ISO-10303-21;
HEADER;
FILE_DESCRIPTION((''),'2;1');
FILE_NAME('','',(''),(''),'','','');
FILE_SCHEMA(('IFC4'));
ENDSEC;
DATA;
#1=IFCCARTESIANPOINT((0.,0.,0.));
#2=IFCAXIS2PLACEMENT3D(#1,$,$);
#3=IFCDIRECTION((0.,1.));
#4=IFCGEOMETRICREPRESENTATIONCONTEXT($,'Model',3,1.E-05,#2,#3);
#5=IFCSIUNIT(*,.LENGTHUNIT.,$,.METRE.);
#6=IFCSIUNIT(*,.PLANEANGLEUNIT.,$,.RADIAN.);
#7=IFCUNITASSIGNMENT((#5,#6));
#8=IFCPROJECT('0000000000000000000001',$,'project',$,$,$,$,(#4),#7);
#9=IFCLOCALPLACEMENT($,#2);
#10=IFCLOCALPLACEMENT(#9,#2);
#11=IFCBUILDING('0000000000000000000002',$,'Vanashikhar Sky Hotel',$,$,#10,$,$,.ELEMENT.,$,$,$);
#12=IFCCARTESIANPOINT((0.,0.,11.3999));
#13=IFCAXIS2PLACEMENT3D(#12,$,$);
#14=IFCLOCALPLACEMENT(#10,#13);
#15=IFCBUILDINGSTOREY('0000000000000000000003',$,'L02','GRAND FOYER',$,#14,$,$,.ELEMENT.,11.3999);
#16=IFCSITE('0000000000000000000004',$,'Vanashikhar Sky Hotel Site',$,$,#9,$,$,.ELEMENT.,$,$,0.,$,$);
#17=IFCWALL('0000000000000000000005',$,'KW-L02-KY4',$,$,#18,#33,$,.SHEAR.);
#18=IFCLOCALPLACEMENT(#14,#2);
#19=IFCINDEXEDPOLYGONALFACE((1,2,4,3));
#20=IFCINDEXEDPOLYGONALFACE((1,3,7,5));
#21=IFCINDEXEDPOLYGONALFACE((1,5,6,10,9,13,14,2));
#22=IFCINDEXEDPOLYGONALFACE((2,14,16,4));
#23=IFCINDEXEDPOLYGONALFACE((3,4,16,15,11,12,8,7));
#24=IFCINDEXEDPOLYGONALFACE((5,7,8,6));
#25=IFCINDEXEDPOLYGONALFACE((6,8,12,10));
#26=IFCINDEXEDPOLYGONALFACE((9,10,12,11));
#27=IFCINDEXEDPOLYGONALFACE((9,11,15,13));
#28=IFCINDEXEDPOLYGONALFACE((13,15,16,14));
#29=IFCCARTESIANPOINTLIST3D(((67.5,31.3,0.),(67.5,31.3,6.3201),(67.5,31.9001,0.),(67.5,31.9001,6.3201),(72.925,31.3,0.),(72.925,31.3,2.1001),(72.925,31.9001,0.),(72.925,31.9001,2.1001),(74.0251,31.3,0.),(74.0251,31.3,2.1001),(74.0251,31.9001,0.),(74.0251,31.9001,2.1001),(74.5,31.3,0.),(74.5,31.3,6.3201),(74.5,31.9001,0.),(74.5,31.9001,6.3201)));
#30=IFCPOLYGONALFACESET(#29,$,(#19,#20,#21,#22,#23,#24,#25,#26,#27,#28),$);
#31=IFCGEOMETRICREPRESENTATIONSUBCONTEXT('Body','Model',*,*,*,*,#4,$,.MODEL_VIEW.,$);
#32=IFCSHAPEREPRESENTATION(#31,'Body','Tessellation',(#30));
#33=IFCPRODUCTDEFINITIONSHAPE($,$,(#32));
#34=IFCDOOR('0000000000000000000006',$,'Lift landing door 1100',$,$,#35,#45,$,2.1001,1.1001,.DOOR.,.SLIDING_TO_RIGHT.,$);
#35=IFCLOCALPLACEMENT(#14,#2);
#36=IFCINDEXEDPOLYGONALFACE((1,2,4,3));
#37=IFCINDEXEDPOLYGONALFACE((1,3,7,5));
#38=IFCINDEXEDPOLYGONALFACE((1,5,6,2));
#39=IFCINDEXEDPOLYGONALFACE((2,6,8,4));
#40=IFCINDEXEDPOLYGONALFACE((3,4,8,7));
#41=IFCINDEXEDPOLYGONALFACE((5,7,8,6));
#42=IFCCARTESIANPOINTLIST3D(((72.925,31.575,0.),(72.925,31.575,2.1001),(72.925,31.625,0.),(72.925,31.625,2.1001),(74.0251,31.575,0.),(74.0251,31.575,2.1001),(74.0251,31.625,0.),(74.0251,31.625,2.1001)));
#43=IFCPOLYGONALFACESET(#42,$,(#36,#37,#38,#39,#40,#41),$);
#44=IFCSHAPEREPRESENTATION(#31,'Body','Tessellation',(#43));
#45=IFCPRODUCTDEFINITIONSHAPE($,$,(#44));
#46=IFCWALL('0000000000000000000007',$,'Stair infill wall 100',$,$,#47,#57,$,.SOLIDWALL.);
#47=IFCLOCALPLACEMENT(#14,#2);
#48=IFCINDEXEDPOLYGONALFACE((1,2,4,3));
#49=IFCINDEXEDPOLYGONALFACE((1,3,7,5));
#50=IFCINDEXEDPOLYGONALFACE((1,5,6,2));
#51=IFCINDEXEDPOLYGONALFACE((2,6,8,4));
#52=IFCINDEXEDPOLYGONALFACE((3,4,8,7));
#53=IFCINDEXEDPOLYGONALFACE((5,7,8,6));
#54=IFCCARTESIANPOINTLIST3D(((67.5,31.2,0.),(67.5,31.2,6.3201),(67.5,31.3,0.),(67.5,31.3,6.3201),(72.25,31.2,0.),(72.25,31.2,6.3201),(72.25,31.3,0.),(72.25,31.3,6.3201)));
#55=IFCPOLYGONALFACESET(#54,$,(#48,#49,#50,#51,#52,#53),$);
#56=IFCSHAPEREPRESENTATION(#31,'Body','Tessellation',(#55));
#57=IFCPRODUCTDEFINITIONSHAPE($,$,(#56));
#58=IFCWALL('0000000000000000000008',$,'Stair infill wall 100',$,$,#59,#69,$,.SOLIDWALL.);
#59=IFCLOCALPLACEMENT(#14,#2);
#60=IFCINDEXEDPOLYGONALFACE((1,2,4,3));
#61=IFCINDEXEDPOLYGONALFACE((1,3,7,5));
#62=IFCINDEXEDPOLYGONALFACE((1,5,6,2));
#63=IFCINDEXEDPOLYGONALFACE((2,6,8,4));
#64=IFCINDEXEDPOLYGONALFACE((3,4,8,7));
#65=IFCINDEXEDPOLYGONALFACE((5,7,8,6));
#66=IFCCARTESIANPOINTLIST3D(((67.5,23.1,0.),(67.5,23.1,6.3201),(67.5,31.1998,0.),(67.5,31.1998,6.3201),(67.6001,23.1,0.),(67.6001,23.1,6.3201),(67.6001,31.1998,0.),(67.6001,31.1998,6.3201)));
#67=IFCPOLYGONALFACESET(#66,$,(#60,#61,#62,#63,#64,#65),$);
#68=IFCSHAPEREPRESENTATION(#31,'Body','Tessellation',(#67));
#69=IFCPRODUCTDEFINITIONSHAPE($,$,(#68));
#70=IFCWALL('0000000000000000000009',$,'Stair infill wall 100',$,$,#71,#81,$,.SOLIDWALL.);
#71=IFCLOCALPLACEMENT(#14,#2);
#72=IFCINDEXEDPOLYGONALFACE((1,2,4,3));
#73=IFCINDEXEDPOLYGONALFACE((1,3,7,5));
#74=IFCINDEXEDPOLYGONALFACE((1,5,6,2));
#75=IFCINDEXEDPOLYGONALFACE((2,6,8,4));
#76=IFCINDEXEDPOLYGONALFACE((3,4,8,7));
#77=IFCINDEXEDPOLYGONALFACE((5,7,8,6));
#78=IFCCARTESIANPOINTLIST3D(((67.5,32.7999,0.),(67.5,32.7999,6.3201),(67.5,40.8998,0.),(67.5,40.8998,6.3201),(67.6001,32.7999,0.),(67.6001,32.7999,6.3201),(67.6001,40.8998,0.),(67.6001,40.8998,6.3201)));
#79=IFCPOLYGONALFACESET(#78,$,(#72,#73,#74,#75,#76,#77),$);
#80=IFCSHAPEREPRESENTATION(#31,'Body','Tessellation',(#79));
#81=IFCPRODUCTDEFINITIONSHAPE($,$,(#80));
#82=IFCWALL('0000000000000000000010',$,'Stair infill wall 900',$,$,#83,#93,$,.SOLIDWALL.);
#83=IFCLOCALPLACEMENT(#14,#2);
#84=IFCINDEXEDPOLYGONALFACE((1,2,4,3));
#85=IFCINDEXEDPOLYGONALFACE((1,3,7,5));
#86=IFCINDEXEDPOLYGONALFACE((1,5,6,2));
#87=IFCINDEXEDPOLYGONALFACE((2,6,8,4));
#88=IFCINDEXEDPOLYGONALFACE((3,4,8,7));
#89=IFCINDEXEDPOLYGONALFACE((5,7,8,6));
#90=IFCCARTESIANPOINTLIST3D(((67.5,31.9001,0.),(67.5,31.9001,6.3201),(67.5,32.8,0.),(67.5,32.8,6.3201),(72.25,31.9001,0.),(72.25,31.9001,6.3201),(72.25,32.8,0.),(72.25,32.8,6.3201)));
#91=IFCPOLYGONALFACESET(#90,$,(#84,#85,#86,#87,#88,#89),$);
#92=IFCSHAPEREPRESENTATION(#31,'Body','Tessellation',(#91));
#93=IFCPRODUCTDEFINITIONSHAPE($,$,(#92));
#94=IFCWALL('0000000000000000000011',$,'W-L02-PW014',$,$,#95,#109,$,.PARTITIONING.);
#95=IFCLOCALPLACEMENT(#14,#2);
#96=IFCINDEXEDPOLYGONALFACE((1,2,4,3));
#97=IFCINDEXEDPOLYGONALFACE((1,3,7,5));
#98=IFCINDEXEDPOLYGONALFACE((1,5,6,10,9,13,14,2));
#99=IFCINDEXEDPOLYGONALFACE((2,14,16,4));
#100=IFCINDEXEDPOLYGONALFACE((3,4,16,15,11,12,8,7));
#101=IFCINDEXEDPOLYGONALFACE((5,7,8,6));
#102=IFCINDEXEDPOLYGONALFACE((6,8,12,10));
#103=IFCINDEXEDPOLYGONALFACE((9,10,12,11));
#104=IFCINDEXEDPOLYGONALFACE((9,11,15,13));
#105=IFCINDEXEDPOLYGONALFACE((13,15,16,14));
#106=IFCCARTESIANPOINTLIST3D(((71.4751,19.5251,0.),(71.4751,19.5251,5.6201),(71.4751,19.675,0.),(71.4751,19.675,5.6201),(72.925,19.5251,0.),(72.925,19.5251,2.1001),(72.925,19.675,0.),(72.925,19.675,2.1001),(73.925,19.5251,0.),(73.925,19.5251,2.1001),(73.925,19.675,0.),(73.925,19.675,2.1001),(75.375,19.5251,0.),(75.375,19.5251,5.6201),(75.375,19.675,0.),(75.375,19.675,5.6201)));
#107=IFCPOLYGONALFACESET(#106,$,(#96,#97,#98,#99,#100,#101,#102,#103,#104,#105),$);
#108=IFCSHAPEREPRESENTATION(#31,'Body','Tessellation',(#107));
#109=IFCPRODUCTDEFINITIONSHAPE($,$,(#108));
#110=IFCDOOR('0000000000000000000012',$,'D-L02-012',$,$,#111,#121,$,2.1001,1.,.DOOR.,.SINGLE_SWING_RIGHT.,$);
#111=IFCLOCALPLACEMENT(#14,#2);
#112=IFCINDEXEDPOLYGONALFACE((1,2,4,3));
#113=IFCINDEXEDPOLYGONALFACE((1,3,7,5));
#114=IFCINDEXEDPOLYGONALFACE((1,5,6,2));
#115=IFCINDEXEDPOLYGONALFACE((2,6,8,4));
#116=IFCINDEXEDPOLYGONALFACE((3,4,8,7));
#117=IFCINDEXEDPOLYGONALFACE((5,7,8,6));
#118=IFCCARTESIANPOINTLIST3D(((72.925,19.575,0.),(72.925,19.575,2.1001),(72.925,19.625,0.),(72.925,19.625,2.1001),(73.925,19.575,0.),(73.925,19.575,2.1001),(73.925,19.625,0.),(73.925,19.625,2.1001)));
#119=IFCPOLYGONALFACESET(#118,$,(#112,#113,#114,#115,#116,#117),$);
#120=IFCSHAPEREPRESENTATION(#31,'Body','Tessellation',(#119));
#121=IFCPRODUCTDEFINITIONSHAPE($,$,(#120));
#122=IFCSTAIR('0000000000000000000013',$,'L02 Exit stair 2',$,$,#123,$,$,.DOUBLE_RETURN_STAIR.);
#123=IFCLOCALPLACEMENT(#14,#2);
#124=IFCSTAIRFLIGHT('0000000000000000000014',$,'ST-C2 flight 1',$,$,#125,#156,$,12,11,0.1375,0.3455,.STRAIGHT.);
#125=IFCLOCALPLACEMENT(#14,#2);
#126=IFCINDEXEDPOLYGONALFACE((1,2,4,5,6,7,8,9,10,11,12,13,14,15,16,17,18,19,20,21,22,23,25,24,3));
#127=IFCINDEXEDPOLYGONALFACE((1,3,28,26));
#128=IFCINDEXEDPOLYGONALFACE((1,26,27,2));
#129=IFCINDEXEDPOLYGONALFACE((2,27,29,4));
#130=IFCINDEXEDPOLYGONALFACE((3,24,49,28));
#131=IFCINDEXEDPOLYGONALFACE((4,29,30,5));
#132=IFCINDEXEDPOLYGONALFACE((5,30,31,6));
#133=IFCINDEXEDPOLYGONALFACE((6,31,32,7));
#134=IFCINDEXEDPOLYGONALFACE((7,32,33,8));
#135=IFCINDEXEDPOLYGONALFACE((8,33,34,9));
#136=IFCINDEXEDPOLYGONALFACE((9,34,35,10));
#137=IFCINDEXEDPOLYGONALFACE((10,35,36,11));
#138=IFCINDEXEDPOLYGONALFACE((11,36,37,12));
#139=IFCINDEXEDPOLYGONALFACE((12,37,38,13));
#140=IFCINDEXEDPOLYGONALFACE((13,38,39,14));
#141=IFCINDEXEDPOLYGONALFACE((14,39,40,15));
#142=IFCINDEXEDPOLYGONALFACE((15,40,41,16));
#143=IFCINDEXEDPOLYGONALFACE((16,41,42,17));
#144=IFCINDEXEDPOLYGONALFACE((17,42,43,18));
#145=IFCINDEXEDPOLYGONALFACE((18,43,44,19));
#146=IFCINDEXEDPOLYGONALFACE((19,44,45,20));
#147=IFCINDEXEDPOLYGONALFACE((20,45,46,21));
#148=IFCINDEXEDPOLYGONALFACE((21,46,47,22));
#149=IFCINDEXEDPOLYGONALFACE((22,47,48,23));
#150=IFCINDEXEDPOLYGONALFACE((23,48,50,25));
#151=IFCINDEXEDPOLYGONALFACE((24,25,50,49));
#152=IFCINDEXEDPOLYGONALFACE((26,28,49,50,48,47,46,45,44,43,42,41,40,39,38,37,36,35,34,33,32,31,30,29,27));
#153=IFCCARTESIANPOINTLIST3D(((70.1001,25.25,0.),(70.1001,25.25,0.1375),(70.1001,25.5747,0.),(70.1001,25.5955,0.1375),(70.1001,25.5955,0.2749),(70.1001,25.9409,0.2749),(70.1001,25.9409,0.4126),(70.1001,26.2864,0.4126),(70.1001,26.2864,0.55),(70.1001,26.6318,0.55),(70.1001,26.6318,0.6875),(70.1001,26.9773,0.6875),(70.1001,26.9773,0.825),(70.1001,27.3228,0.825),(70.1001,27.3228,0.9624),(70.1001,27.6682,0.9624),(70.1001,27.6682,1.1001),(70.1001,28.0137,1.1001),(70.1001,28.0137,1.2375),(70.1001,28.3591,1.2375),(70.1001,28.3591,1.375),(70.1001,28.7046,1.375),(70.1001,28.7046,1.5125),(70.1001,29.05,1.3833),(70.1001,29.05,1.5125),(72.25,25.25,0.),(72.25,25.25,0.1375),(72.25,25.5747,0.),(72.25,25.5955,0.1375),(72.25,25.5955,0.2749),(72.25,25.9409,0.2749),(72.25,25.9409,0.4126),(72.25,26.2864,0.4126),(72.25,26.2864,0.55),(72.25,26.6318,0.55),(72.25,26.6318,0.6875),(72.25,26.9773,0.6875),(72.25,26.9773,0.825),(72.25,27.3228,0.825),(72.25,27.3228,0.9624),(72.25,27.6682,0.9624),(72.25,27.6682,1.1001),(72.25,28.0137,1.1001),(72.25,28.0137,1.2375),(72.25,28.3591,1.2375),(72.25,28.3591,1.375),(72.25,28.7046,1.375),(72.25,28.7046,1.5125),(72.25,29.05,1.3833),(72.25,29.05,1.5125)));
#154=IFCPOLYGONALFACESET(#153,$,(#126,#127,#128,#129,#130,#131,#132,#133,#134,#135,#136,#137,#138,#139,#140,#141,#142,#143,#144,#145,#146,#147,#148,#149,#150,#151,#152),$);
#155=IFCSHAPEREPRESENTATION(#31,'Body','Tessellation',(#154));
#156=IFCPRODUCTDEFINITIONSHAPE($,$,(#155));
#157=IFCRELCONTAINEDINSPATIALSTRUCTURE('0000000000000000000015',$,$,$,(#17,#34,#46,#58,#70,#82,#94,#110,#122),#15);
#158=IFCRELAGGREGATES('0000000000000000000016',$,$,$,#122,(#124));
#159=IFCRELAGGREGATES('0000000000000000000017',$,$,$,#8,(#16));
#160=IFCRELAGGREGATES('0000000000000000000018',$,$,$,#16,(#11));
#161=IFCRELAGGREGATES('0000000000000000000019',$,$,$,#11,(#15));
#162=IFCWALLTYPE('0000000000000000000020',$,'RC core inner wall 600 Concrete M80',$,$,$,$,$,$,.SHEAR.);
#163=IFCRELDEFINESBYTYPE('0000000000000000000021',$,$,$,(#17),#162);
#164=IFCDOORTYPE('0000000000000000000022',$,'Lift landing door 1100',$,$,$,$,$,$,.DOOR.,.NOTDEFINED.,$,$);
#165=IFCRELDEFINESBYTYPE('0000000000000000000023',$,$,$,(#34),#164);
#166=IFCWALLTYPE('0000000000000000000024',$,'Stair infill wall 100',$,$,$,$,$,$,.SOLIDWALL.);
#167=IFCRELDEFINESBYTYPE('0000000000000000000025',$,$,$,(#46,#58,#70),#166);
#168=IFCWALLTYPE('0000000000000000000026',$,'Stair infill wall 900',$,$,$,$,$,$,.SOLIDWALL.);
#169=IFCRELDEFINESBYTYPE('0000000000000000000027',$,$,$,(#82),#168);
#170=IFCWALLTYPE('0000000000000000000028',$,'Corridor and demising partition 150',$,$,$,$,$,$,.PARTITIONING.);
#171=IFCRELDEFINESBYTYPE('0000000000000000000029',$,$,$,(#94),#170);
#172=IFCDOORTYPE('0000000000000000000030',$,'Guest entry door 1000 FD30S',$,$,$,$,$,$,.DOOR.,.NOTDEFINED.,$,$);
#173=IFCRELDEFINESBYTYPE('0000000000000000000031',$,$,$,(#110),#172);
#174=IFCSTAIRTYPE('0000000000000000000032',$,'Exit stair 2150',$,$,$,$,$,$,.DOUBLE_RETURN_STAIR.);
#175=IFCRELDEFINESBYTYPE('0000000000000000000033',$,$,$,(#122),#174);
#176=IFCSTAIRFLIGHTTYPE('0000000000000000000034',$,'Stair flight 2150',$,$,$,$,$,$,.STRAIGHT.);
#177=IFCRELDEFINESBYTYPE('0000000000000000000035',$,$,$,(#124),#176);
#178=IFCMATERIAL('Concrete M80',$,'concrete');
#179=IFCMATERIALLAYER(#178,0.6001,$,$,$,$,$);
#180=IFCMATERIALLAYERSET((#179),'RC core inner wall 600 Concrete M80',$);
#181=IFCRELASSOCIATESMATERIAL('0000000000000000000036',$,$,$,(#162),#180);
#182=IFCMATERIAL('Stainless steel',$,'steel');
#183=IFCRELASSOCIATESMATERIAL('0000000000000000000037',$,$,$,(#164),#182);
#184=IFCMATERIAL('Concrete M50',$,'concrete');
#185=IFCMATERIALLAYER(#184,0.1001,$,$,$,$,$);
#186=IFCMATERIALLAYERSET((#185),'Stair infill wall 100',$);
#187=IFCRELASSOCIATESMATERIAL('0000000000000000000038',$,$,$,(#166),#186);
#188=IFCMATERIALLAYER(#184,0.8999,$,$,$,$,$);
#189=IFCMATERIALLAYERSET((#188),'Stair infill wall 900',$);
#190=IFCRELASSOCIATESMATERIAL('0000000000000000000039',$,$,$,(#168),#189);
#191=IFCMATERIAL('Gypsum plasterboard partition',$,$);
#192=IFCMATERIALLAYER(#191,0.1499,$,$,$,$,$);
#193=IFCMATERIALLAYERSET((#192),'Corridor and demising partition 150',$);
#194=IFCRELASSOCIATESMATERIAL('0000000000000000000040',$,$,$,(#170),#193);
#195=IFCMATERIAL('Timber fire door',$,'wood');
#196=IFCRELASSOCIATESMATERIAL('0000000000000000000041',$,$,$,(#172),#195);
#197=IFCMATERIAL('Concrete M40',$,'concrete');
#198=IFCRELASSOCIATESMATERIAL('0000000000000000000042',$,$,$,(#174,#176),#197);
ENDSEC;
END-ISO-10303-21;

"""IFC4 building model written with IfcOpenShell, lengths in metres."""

from ifc_helpers import new_model, si_unit, direction, frame, frame_2d, origin, place, context, subcontext, project, spatial, polyline, rectangle, outline, extrude, source, transform, mapped, material, layer, layer_set, type_object, element, fill, aggregate, save


model = new_model("IFC4")

# Units and contexts
model_context = context("Model", 3, precision=1e-05, world=origin(), true_north=direction((0.0, 1.0)))
body_context = subcontext(model_context, "Body", "Model", "MODEL_VIEW")
ifc_project = project(units=[si_unit("LENGTHUNIT", "METRE"), si_unit("PLANEANGLEUNIT", "RADIAN")], contexts=[model_context])

# Site, building, storey
site_placement = place(None, origin())
site = spatial("IfcSite", under=ifc_project, at=site_placement, Name="Vanashikhar Sky Hotel Site", CompositionType="ELEMENT", RefElevation=0.0)
building_placement = place(site_placement, origin())
building = spatial("IfcBuilding", under=site, at=building_placement, Name="Vanashikhar Sky Hotel", CompositionType="ELEMENT")
storey_placement = place(building_placement, frame((0.0, 0.0, 11.3999)))
storey = spatial("IfcBuildingStorey", under=building, at=storey_placement, Name="L02", Description="GRAND FOYER", CompositionType="ELEMENT", Elevation=11.3999)

# Wall, opening, door
ifc_material_1 = material(Name="Concrete M80", Category="concrete")
ifc_layer_1 = layer(ifc_material_1, 0.6001)
ifc_layer_set_1 = layer_set([ifc_layer_1], Name="RC core inner wall 600 Concrete M80")
wall_type_1 = type_object("IfcWallType", Name="RC core inner wall 600 Concrete M80", PredefinedType="SHEAR", material=ifc_layer_set_1)
shared_shape_1 = source(origin(), body_context, "Body", "SweptSolid", [
    extrude(rectangle(XDim=7.0, YDim=0.6001, at=frame_2d((3.5, 0.0))), origin(), (0.0, 0.0, 1.0), 6.3201),
])
wall_1_placement = place(storey_placement, frame((67.5, 31.6001, 0.0), z_axis=(0.0, 0.0, 1.0), x_axis=(1.0, 0.0, 0.0)))
wall_1 = element("IfcWall", 1, at=wall_1_placement, inside=storey, type_object=wall_type_1, Name="KW-L02-KY4", PredefinedType="SHEAR", context=body_context, shape_type="MappedRepresentation", body=[
    mapped(shared_shape_1, transform((0.0, 0.0, 0.0), scale=1.0)),
])
shared_shape_2 = source(origin(), body_context, "Body", "SweptSolid", [
    extrude(rectangle(XDim=1.1001, YDim=2.1001, at=frame_2d((0.55, 1.05))), frame((0.0, 0.3101, 0.0), z_axis=(0.0, -1.0, 0.0), x_axis=(1.0, 0.0, 0.0)), (0.0, 0.0, 1.0), 0.6201),
])
opening_1_placement = place(wall_1_placement, frame((5.425, 0.0, 0.0)))
opening_1 = element("IfcOpeningElement", 2, at=opening_1_placement, cuts=wall_1, PredefinedType="OPENING", context=body_context, shape_type="MappedRepresentation", body=[
    mapped(shared_shape_2, transform((0.0, 0.0, 0.0), scale=1.0)),
])
ifc_material_2 = material(Name="Stainless steel", Category="steel")
door_type_1 = type_object("IfcDoorType", Name="Lift landing door 1100", OperationType="NOTDEFINED", PredefinedType="DOOR", material=ifc_material_2)
shared_shape_3 = source(origin(), body_context, "Body", "SweptSolid", [
    extrude(rectangle(XDim=1.1001, YDim=2.1001, at=frame_2d((0.55, 1.05))), frame((0.0, 0.0249, 0.0), z_axis=(0.0, -1.0, 0.0), x_axis=(1.0, 0.0, 0.0)), (0.0, 0.0, 1.0), 0.05),
])
door_1_placement = place(opening_1_placement, origin())
door_1 = element("IfcDoor", 3, at=door_1_placement, inside=storey, type_object=door_type_1, Name="Lift landing door 1100", OperationType="SLIDING_TO_RIGHT", OverallHeight=2.1001, OverallWidth=1.1001, PredefinedType="DOOR", context=body_context, shape_type="MappedRepresentation", body=[
    mapped(shared_shape_3, transform((0.0, 0.0, 0.0), scale=1.0)),
])
fill(opening_1, door_1)

# Walls
ifc_material_3 = material(Name="Concrete M50", Category="concrete")
ifc_layer_2 = layer(ifc_material_3, 0.1001)
ifc_layer_set_2 = layer_set([ifc_layer_2], Name="Stair infill wall 100")
wall_type_2 = type_object("IfcWallType", Name="Stair infill wall 100", PredefinedType="SOLIDWALL", material=ifc_layer_set_2)
shared_shape_4 = source(origin(), body_context, "Body", "SweptSolid", [
    extrude(rectangle(XDim=4.75, YDim=0.1001, at=frame_2d((2.375, 0.0))), origin(), (0.0, 0.0, 1.0), 6.3201),
])
wall_2_placement = place(storey_placement, frame((67.5, 31.25, 0.0), z_axis=(0.0, 0.0, 1.0), x_axis=(1.0, 0.0, 0.0)))
element("IfcWall", 4, at=wall_2_placement, inside=storey, type_object=wall_type_2, Name="Stair infill wall 100", PredefinedType="SOLIDWALL", context=body_context, shape_type="MappedRepresentation", body=[
    mapped(shared_shape_4, transform((0.0, 0.0, 0.0), scale=1.0)),
])
shared_shape_5 = source(origin(), body_context, "Body", "SweptSolid", [
    extrude(rectangle(XDim=8.0999, YDim=0.1001, at=frame_2d((4.0498, 0.0))), origin(), (0.0, 0.0, 1.0), 6.3201),
])
for number, where, z_axis, x_axis, name in (
    (5, (67.55, 23.1001, 0.0), (0.0, 0.0, 1.0), (0.0, 1.0, 0.0), "Stair infill wall 100"),
    (6, (67.55, 32.8, 0.0), (0.0, 0.0, 1.0), (0.0, 1.0, 0.0), "Stair infill wall 100"),
):
    element("IfcWall", number, at=place(storey_placement, frame(where, z_axis=z_axis, x_axis=x_axis)), inside=storey, type_object=wall_type_2, Name=name, PredefinedType="SOLIDWALL", context=body_context, shape_type="MappedRepresentation", body=[
        mapped(shared_shape_5, transform((0.0, 0.0, 0.0), scale=1.0)),
    ])
ifc_layer_3 = layer(ifc_material_3, 0.8999)
ifc_layer_set_3 = layer_set([ifc_layer_3], Name="Stair infill wall 900")
wall_type_3 = type_object("IfcWallType", Name="Stair infill wall 900", PredefinedType="SOLIDWALL", material=ifc_layer_set_3)
shared_shape_6 = source(origin(), body_context, "Body", "SweptSolid", [
    extrude(rectangle(XDim=4.75, YDim=0.8999, at=frame_2d((2.375, 0.0))), origin(), (0.0, 0.0, 1.0), 6.3201),
])
wall_3_placement = place(storey_placement, frame((67.5, 32.3501, 0.0), z_axis=(0.0, 0.0, 1.0), x_axis=(1.0, 0.0, 0.0)))
element("IfcWall", 7, at=wall_3_placement, inside=storey, type_object=wall_type_3, Name="Stair infill wall 900", PredefinedType="SOLIDWALL", context=body_context, shape_type="MappedRepresentation", body=[
    mapped(shared_shape_6, transform((0.0, 0.0, 0.0), scale=1.0)),
])

# Wall, opening, door
ifc_material_4 = material(Name="Gypsum plasterboard partition")
ifc_layer_4 = layer(ifc_material_4, 0.1499)
ifc_layer_set_4 = layer_set([ifc_layer_4], Name="Corridor and demising partition 150")
wall_type_4 = type_object("IfcWallType", Name="Corridor and demising partition 150", PredefinedType="PARTITIONING", material=ifc_layer_set_4)
shared_shape_7 = source(origin(), body_context, "Body", "SweptSolid", [
    extrude(rectangle(XDim=3.8999, YDim=0.1499, at=frame_2d((1.95, 0.0))), origin(), (0.0, 0.0, 1.0), 5.6201),
])
wall_4_placement = place(storey_placement, frame((71.4751, 19.6001, 0.0), z_axis=(0.0, 0.0, 1.0), x_axis=(1.0, 0.0, 0.0)))
wall_4 = element("IfcWall", 8, at=wall_4_placement, inside=storey, type_object=wall_type_4, Name="W-L02-PW014", PredefinedType="PARTITIONING", context=body_context, shape_type="MappedRepresentation", body=[
    mapped(shared_shape_7, transform((0.0, 0.0, 0.0), scale=1.0)),
])
shared_shape_8 = source(origin(), body_context, "Body", "SweptSolid", [
    extrude(rectangle(XDim=1.0, YDim=2.1001, at=frame_2d((0.5, 1.05))), frame((0.0, 0.085, 0.0), z_axis=(0.0, -1.0, 0.0), x_axis=(1.0, 0.0, 0.0)), (0.0, 0.0, 1.0), 0.1699),
])
opening_2_placement = place(wall_4_placement, frame((1.45, 0.0, 0.0)))
opening_2 = element("IfcOpeningElement", 9, at=opening_2_placement, cuts=wall_4, PredefinedType="OPENING", context=body_context, shape_type="MappedRepresentation", body=[
    mapped(shared_shape_8, transform((0.0, 0.0, 0.0), scale=1.0)),
])
ifc_material_5 = material(Name="Timber fire door", Category="wood")
door_type_2 = type_object("IfcDoorType", Name="Guest entry door 1000 FD30S", OperationType="NOTDEFINED", PredefinedType="DOOR", material=ifc_material_5)
shared_shape_9 = source(origin(), body_context, "Body", "SweptSolid", [
    extrude(rectangle(XDim=1.0, YDim=2.1001, at=frame_2d((0.5, 1.05))), frame((0.0, 0.0249, 0.0), z_axis=(0.0, -1.0, 0.0), x_axis=(1.0, 0.0, 0.0)), (0.0, 0.0, 1.0), 0.05),
])
door_2_placement = place(opening_2_placement, origin())
door_2 = element("IfcDoor", 10, at=door_2_placement, inside=storey, type_object=door_type_2, Name="D-L02-012", OperationType="SINGLE_SWING_RIGHT", OverallHeight=2.1001, OverallWidth=1.0, PredefinedType="DOOR", context=body_context, shape_type="MappedRepresentation", body=[
    mapped(shared_shape_9, transform((0.0, 0.0, 0.0), scale=1.0)),
])
fill(opening_2, door_2)

# Stair, stair flight
ifc_material_6 = material(Name="Concrete M40", Category="concrete")
stair_type = type_object("IfcStairType", Name="Exit stair 2150", PredefinedType="DOUBLE_RETURN_STAIR", material=ifc_material_6)
stair_1_placement = place(storey_placement, origin())
stair_1 = element("IfcStair", 11, at=stair_1_placement, inside=storey, type_object=stair_type, Name="L02 Exit stair 2", PredefinedType="DOUBLE_RETURN_STAIR")
stair_flight_type = type_object("IfcStairFlightType", Name="Stair flight 2150", PredefinedType="STRAIGHT", material=ifc_material_6)
shared_shape_10 = source(origin(), body_context, "Body", "SweptSolid", [
    extrude(outline(polyline([(0.0, 0.0), (0.0, 0.1375), (0.3455, 0.1375), (0.3455, 0.2749), (0.6909, 0.2749), (0.6909, 0.4126), (1.0364, 0.4126), (1.0364, 0.55), (1.3818, 0.55), (1.3818, 0.6875), (1.7273, 0.6875), (1.7273, 0.825), (2.0728, 0.825), (2.0728, 0.9624), (2.4182, 0.9624), (2.4182, 1.1001), (2.7637, 1.1001), (2.7637, 1.2375), (3.1091, 1.2375), (3.1091, 1.375), (3.4546, 1.375), (3.4546, 1.5125), (3.8, 1.5125), (3.8, 1.6499), (3.8, 1.3833), (0.3247, 0.0), (0.0, 0.0)])), frame((0.0, 1.075, 0.0), z_axis=(0.0, -1.0, 0.0), x_axis=(1.0, 0.0, 0.0)), (0.0, 0.0, 1.0), 2.1499),
])
stair_flight_1_placement = place(storey_placement, frame((71.175, 25.25, 0.0), z_axis=(0.0, 0.0, 1.0), x_axis=(0.0, 1.0, 0.0)))
stair_flight_1 = element("IfcStairFlight", 12, at=stair_flight_1_placement, type_object=stair_flight_type, Name="ST-C2 flight 1", NumberOfRisers=12, NumberOfTreads=11, PredefinedType="STRAIGHT", RiserHeight=0.1375, TreadLength=0.3455, context=body_context, shape_type="MappedRepresentation", body=[
    mapped(shared_shape_10, transform((0.0, 0.0, 0.0), scale=1.0)),
])
aggregate(stair_1, [stair_flight_1])

save(model, "model.ifc")
